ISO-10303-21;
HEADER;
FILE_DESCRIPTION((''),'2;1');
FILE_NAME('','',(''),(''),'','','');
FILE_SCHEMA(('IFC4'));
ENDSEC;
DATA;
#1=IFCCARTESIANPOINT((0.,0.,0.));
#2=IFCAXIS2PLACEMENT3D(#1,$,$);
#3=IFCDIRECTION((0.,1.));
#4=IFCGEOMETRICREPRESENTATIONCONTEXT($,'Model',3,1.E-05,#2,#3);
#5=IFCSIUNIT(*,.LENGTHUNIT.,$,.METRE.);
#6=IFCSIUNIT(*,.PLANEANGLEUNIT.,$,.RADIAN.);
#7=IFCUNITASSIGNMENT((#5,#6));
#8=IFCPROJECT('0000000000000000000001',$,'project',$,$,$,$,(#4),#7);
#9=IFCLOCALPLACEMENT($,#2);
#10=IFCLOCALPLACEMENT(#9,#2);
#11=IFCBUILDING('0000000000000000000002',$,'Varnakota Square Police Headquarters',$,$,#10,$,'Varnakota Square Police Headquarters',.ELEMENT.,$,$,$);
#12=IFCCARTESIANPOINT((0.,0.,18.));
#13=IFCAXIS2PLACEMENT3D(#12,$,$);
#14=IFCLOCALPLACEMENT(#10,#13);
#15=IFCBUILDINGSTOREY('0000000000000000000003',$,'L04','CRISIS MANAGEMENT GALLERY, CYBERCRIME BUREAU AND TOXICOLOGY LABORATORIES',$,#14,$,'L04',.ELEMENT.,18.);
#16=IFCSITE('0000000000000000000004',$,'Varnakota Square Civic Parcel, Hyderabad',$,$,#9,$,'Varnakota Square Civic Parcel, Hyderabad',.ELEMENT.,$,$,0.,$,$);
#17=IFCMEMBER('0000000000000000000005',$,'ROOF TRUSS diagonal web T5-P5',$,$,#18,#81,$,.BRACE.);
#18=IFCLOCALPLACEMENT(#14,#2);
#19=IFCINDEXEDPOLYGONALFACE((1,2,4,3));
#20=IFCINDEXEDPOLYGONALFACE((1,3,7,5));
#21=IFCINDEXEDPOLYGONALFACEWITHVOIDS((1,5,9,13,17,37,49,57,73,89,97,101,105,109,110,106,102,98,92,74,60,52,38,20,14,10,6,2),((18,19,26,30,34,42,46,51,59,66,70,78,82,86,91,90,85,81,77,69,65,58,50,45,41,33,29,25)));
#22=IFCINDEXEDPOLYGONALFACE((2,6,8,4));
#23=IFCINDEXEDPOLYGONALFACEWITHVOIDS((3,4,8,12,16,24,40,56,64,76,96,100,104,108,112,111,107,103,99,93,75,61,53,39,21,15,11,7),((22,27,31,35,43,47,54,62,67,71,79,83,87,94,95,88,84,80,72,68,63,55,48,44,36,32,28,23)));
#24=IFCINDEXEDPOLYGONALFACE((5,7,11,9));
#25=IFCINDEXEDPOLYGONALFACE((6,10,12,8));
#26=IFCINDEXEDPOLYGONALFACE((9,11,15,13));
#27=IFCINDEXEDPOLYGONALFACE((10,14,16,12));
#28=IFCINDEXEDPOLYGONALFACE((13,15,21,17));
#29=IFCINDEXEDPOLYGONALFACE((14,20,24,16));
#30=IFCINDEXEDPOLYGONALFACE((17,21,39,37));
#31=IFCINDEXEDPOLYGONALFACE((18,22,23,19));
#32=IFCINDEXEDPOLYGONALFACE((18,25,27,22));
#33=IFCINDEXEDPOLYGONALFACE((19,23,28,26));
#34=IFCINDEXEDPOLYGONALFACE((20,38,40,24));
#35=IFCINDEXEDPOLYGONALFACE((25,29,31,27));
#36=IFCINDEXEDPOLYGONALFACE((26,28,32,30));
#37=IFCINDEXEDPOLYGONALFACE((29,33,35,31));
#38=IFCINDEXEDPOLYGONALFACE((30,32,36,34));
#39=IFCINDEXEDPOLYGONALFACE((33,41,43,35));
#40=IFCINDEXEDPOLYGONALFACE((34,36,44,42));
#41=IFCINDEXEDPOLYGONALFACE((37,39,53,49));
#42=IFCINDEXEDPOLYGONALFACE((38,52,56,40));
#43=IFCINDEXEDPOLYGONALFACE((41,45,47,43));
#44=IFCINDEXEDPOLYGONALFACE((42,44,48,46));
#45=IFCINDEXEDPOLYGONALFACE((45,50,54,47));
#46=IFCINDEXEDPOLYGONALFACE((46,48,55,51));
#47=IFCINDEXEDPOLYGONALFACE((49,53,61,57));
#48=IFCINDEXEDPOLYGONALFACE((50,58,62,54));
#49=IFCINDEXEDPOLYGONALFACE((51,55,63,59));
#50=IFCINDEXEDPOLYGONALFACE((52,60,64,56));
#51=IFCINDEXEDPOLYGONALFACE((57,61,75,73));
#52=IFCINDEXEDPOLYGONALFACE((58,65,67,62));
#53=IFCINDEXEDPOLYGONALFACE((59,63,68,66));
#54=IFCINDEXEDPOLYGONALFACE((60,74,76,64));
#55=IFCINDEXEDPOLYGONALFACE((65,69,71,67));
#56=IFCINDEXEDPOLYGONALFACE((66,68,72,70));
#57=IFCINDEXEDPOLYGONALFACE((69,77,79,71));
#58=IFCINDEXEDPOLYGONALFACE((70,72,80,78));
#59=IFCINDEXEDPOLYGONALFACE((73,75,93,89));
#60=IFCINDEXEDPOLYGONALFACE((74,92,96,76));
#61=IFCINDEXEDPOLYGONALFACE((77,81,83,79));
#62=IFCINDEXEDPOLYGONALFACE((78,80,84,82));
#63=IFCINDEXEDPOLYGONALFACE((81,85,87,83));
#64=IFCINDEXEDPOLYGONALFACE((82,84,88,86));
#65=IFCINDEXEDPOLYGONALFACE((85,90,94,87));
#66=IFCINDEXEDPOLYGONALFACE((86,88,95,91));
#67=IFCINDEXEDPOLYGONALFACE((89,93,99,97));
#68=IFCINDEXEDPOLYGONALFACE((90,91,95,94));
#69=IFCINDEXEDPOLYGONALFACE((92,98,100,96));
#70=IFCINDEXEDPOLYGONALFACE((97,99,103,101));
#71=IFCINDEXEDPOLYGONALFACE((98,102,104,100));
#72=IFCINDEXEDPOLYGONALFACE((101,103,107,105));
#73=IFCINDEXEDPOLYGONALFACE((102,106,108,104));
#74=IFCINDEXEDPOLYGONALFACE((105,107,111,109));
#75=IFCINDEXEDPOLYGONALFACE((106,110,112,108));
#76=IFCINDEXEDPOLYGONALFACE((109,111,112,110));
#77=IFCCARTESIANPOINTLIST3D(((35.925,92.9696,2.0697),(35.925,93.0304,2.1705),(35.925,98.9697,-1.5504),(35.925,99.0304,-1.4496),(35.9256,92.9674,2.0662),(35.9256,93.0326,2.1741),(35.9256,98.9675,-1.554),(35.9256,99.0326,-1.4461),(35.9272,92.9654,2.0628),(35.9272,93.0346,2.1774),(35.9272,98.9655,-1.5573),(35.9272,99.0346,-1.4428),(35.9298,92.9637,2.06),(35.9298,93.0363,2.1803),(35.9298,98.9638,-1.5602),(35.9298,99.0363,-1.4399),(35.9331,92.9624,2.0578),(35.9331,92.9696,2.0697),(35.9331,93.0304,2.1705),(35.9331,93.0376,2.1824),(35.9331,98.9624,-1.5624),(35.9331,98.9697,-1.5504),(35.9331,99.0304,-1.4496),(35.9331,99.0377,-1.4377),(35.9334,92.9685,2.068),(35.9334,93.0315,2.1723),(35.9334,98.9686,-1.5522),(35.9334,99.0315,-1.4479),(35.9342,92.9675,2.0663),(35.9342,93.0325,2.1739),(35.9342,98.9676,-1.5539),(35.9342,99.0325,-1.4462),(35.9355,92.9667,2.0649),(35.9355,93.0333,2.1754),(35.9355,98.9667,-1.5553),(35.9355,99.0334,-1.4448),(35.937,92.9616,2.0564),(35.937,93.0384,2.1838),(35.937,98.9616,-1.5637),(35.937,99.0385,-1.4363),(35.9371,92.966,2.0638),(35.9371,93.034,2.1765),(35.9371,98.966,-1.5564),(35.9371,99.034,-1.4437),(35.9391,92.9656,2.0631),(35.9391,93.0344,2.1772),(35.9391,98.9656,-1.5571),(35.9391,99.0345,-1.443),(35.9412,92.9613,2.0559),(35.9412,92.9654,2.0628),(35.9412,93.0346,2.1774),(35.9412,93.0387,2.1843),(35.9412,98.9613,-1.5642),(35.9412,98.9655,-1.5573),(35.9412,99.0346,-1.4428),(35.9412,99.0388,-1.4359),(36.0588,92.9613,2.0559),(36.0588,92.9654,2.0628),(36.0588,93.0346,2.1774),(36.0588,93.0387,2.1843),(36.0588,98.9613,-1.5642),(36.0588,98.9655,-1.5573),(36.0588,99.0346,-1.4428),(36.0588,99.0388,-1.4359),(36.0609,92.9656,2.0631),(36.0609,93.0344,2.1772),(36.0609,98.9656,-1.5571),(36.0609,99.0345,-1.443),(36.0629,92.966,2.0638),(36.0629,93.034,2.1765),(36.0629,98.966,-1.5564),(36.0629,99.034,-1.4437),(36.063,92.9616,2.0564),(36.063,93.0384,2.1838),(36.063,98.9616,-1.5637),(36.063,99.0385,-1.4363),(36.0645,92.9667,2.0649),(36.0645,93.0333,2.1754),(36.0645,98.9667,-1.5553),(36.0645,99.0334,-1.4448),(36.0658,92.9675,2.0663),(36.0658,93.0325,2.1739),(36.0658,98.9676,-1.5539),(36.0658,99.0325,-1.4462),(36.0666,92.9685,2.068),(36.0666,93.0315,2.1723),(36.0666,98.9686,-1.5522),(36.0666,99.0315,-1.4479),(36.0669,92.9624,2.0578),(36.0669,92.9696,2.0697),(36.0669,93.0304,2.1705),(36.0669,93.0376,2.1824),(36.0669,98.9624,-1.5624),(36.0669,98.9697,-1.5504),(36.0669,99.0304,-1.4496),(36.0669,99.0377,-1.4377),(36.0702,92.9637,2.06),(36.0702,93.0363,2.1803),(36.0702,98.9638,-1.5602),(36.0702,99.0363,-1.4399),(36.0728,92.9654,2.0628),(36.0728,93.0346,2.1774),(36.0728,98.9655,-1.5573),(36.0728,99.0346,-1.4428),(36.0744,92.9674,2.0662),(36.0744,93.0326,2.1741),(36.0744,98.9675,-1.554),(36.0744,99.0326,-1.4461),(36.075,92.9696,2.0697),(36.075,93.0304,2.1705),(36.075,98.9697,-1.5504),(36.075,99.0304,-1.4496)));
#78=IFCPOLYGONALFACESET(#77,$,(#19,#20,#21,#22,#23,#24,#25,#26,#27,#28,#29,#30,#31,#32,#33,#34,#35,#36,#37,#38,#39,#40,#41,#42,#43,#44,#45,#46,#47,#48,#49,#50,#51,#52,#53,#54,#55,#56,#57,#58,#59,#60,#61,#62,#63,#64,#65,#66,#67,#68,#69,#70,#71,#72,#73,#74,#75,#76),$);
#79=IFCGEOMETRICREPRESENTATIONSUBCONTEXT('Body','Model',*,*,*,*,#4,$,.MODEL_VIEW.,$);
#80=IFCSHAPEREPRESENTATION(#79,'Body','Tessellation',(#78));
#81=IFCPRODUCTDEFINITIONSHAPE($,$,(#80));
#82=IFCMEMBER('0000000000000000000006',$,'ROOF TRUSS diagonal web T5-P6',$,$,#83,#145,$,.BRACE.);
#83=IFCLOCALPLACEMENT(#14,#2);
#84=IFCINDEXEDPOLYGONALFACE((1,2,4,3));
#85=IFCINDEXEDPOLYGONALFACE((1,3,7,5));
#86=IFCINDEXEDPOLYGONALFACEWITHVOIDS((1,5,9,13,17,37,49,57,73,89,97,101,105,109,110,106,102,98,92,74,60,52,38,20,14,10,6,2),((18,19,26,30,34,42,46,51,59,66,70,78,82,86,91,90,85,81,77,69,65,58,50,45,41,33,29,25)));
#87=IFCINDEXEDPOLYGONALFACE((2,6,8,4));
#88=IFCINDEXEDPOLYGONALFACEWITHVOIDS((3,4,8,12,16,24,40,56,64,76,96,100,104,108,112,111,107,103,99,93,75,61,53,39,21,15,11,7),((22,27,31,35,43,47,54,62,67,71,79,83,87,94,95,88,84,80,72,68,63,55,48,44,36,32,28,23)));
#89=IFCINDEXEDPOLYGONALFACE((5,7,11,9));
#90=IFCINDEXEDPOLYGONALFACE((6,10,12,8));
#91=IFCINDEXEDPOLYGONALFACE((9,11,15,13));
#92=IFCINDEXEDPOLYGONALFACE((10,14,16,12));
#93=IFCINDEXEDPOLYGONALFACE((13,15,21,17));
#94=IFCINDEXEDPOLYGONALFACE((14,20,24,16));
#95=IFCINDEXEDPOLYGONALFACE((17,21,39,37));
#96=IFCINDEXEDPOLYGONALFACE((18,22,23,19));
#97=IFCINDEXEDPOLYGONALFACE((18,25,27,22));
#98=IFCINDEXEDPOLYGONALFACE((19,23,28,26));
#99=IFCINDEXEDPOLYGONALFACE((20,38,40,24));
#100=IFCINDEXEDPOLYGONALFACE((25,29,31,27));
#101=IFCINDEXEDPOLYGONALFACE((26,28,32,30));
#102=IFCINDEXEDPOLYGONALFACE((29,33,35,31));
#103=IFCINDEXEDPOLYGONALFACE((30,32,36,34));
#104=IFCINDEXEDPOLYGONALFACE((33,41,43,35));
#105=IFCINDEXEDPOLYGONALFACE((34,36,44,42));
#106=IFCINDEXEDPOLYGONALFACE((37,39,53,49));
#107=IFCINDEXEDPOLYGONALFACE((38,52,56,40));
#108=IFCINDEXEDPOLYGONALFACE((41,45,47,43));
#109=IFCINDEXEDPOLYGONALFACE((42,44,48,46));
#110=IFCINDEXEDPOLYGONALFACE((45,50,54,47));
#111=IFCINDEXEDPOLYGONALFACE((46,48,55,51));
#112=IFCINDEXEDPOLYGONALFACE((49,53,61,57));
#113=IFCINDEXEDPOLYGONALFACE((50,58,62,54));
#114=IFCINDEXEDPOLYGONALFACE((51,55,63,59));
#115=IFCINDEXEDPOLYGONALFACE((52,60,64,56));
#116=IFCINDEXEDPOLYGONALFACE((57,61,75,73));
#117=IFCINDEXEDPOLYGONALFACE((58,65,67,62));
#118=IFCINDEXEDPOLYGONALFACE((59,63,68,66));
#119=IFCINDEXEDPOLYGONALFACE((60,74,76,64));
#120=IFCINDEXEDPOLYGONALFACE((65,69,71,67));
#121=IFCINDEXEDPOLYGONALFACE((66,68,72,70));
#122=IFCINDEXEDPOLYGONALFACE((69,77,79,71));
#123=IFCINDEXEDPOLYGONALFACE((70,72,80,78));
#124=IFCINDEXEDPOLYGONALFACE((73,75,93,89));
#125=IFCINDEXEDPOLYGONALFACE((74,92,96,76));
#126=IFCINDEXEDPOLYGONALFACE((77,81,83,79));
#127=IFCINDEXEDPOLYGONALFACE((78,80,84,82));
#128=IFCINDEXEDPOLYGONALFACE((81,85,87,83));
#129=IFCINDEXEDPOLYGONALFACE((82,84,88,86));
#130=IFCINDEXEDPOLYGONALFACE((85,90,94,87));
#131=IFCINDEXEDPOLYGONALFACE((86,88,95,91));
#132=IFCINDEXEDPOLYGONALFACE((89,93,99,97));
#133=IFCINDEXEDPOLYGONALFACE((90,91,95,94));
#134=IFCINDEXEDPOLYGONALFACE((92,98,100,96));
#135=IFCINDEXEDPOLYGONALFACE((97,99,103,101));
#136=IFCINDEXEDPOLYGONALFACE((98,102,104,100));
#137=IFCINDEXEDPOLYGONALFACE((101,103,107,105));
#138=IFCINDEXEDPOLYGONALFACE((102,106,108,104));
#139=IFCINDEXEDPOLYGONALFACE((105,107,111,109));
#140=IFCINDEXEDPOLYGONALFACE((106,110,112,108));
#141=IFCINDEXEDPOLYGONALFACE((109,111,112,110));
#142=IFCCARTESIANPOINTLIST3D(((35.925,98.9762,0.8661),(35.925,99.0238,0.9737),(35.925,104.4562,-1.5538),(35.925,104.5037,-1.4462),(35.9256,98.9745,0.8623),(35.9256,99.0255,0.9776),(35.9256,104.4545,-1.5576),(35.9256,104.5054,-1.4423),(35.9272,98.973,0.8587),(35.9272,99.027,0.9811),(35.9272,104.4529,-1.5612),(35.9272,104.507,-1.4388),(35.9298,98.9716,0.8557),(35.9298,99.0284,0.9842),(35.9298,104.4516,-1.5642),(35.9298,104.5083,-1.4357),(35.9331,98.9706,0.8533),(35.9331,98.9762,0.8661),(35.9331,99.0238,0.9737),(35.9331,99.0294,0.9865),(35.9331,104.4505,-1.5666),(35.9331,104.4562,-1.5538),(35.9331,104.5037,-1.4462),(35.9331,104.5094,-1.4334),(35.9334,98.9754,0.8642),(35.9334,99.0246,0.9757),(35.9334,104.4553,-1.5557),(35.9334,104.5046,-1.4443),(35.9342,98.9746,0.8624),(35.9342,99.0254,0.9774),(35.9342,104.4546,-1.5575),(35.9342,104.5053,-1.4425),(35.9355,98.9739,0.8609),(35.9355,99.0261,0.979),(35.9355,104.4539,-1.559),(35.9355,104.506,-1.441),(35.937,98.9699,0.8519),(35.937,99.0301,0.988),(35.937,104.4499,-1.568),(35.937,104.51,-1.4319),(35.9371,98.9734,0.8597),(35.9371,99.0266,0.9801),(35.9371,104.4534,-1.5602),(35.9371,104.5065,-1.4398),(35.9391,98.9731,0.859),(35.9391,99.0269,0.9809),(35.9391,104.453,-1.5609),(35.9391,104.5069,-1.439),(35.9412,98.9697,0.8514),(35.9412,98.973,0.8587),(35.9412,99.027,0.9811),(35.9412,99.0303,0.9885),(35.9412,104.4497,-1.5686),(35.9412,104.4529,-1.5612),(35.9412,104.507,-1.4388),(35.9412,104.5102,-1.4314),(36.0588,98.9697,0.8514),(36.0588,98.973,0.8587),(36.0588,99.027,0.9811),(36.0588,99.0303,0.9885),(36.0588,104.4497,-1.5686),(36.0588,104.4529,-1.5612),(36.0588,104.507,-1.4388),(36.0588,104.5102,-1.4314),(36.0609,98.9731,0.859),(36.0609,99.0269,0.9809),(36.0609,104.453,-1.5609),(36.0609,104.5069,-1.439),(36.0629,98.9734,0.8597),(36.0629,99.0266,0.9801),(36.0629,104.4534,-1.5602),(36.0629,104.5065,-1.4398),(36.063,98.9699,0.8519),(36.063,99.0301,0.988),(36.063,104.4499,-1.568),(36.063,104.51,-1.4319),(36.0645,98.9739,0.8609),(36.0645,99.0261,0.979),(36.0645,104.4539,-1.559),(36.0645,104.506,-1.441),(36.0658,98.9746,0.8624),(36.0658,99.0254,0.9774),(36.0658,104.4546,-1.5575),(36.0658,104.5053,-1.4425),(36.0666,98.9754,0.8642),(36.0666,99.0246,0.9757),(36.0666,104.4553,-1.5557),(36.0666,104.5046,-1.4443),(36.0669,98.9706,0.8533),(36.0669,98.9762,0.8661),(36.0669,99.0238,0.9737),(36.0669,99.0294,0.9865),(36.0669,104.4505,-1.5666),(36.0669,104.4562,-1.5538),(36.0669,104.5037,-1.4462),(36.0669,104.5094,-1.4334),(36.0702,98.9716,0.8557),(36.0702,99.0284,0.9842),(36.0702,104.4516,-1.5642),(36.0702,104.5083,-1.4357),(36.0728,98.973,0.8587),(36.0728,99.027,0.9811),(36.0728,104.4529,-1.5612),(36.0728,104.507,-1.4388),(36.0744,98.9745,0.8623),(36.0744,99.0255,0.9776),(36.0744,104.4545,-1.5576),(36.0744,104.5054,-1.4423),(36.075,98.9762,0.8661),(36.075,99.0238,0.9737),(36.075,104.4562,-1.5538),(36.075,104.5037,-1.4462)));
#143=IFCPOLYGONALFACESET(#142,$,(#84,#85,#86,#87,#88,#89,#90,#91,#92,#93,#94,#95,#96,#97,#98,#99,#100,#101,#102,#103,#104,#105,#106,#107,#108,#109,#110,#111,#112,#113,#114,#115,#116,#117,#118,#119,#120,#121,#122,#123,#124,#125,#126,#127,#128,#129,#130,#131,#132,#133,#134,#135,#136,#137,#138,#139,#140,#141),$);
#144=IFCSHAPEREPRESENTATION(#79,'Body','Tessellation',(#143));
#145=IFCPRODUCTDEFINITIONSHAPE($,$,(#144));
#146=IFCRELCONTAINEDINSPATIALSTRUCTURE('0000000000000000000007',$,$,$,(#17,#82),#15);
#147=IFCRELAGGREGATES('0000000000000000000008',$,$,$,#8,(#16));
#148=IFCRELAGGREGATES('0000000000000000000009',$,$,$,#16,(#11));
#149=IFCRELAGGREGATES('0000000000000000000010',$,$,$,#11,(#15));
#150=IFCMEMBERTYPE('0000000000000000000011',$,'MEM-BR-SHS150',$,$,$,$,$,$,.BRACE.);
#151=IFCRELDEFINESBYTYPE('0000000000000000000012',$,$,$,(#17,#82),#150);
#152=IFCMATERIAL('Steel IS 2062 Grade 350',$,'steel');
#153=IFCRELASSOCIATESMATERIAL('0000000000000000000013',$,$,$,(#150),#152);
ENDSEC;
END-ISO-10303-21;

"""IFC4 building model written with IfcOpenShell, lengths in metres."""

from ifc_helpers import new_model, si_unit, direction, frame, origin, origin_2d, place, context, subcontext, project, spatial, hollow_rectangle, extrude, material, material_profile, profile_set, type_object, element, save


model = new_model("IFC4")

# Units and contexts
model_context = context("Model", 3, precision=1e-05, world=origin(), true_north=direction((0.0, 1.0)))
body_context = subcontext(model_context, "Body", "Model", "MODEL_VIEW")
ifc_project = project(units=[si_unit("LENGTHUNIT", "METRE"), si_unit("PLANEANGLEUNIT", "RADIAN")], contexts=[model_context])

# Site, building, storey
site_placement = place(None, origin())
site = spatial("IfcSite", under=ifc_project, at=site_placement, Name="Varnakota Square Civic Parcel, Hyderabad", LongName="Varnakota Square Civic Parcel, Hyderabad", CompositionType="ELEMENT", RefElevation=0.0)
building_placement = place(site_placement, origin())
building = spatial("IfcBuilding", under=site, at=building_placement, Name="Varnakota Square Police Headquarters", LongName="Varnakota Square Police Headquarters", CompositionType="ELEMENT")
storey_placement = place(building_placement, frame((0.0, 0.0, 18.0)))
storey = spatial("IfcBuildingStorey", under=building, at=storey_placement, Name="L04", Description="CRISIS MANAGEMENT GALLERY, CYBERCRIME BUREAU AND TOXICOLOGY LABORATORIES", LongName="L04", CompositionType="ELEMENT", Elevation=18.0)

# Shared definitions
ifc_material_1 = material(Name="Steel IS 2062 Grade 350", Category="steel")

# Members
ifc_material_profile_1 = material_profile(ifc_material_1, hollow_rectangle(XDim=0.1499, YDim=0.1499, WallThickness=0.0081, InnerFilletRadius=0.0081, OuterFilletRadius=0.0161, at=origin_2d()), Name="SHS 150x150x8")
ifc_profile_set_1 = profile_set([ifc_material_profile_1], Name="Steel IS 2062 Grade 350")
member_type_1 = type_object("IfcMemberType", Name="MEM-BR-SHS150", PredefinedType="BRACE", material=ifc_profile_set_1)
member_1_placement = place(storey_placement, frame((36.0, 93.0, 2.1201), z_axis=(0.0, 0.856224, -0.516605), x_axis=(-1.0, 0.0, 0.0)))
element("IfcMember", 1, at=member_1_placement, inside=storey, type_object=member_type_1, Name="ROOF TRUSS diagonal web T5-P5", PredefinedType="BRACE", context=body_context, shape_type="SweptSolid", body=[
    extrude(hollow_rectangle(XDim=0.1499, YDim=0.1499, WallThickness=0.0081, InnerFilletRadius=0.0081, OuterFilletRadius=0.0161, at=origin_2d()), origin(), (0.0, 0.0, 1.0), 7.0076),
])
member_2_placement = place(storey_placement, frame((36.0, 99.0, 0.9199), z_axis=(0.0, 0.914777, -0.403959), x_axis=(-1.0, 0.0, 0.0)))
element("IfcMember", 2, at=member_2_placement, inside=storey, type_object=member_type_1, Name="ROOF TRUSS diagonal web T5-P6", PredefinedType="BRACE", context=body_context, shape_type="SweptSolid", body=[
    extrude(hollow_rectangle(XDim=0.1499, YDim=0.1499, WallThickness=0.0081, InnerFilletRadius=0.0081, OuterFilletRadius=0.0161, at=origin_2d()), origin(), (0.0, 0.0, 1.0), 5.9905),
])

save(model, "model.ifc")
